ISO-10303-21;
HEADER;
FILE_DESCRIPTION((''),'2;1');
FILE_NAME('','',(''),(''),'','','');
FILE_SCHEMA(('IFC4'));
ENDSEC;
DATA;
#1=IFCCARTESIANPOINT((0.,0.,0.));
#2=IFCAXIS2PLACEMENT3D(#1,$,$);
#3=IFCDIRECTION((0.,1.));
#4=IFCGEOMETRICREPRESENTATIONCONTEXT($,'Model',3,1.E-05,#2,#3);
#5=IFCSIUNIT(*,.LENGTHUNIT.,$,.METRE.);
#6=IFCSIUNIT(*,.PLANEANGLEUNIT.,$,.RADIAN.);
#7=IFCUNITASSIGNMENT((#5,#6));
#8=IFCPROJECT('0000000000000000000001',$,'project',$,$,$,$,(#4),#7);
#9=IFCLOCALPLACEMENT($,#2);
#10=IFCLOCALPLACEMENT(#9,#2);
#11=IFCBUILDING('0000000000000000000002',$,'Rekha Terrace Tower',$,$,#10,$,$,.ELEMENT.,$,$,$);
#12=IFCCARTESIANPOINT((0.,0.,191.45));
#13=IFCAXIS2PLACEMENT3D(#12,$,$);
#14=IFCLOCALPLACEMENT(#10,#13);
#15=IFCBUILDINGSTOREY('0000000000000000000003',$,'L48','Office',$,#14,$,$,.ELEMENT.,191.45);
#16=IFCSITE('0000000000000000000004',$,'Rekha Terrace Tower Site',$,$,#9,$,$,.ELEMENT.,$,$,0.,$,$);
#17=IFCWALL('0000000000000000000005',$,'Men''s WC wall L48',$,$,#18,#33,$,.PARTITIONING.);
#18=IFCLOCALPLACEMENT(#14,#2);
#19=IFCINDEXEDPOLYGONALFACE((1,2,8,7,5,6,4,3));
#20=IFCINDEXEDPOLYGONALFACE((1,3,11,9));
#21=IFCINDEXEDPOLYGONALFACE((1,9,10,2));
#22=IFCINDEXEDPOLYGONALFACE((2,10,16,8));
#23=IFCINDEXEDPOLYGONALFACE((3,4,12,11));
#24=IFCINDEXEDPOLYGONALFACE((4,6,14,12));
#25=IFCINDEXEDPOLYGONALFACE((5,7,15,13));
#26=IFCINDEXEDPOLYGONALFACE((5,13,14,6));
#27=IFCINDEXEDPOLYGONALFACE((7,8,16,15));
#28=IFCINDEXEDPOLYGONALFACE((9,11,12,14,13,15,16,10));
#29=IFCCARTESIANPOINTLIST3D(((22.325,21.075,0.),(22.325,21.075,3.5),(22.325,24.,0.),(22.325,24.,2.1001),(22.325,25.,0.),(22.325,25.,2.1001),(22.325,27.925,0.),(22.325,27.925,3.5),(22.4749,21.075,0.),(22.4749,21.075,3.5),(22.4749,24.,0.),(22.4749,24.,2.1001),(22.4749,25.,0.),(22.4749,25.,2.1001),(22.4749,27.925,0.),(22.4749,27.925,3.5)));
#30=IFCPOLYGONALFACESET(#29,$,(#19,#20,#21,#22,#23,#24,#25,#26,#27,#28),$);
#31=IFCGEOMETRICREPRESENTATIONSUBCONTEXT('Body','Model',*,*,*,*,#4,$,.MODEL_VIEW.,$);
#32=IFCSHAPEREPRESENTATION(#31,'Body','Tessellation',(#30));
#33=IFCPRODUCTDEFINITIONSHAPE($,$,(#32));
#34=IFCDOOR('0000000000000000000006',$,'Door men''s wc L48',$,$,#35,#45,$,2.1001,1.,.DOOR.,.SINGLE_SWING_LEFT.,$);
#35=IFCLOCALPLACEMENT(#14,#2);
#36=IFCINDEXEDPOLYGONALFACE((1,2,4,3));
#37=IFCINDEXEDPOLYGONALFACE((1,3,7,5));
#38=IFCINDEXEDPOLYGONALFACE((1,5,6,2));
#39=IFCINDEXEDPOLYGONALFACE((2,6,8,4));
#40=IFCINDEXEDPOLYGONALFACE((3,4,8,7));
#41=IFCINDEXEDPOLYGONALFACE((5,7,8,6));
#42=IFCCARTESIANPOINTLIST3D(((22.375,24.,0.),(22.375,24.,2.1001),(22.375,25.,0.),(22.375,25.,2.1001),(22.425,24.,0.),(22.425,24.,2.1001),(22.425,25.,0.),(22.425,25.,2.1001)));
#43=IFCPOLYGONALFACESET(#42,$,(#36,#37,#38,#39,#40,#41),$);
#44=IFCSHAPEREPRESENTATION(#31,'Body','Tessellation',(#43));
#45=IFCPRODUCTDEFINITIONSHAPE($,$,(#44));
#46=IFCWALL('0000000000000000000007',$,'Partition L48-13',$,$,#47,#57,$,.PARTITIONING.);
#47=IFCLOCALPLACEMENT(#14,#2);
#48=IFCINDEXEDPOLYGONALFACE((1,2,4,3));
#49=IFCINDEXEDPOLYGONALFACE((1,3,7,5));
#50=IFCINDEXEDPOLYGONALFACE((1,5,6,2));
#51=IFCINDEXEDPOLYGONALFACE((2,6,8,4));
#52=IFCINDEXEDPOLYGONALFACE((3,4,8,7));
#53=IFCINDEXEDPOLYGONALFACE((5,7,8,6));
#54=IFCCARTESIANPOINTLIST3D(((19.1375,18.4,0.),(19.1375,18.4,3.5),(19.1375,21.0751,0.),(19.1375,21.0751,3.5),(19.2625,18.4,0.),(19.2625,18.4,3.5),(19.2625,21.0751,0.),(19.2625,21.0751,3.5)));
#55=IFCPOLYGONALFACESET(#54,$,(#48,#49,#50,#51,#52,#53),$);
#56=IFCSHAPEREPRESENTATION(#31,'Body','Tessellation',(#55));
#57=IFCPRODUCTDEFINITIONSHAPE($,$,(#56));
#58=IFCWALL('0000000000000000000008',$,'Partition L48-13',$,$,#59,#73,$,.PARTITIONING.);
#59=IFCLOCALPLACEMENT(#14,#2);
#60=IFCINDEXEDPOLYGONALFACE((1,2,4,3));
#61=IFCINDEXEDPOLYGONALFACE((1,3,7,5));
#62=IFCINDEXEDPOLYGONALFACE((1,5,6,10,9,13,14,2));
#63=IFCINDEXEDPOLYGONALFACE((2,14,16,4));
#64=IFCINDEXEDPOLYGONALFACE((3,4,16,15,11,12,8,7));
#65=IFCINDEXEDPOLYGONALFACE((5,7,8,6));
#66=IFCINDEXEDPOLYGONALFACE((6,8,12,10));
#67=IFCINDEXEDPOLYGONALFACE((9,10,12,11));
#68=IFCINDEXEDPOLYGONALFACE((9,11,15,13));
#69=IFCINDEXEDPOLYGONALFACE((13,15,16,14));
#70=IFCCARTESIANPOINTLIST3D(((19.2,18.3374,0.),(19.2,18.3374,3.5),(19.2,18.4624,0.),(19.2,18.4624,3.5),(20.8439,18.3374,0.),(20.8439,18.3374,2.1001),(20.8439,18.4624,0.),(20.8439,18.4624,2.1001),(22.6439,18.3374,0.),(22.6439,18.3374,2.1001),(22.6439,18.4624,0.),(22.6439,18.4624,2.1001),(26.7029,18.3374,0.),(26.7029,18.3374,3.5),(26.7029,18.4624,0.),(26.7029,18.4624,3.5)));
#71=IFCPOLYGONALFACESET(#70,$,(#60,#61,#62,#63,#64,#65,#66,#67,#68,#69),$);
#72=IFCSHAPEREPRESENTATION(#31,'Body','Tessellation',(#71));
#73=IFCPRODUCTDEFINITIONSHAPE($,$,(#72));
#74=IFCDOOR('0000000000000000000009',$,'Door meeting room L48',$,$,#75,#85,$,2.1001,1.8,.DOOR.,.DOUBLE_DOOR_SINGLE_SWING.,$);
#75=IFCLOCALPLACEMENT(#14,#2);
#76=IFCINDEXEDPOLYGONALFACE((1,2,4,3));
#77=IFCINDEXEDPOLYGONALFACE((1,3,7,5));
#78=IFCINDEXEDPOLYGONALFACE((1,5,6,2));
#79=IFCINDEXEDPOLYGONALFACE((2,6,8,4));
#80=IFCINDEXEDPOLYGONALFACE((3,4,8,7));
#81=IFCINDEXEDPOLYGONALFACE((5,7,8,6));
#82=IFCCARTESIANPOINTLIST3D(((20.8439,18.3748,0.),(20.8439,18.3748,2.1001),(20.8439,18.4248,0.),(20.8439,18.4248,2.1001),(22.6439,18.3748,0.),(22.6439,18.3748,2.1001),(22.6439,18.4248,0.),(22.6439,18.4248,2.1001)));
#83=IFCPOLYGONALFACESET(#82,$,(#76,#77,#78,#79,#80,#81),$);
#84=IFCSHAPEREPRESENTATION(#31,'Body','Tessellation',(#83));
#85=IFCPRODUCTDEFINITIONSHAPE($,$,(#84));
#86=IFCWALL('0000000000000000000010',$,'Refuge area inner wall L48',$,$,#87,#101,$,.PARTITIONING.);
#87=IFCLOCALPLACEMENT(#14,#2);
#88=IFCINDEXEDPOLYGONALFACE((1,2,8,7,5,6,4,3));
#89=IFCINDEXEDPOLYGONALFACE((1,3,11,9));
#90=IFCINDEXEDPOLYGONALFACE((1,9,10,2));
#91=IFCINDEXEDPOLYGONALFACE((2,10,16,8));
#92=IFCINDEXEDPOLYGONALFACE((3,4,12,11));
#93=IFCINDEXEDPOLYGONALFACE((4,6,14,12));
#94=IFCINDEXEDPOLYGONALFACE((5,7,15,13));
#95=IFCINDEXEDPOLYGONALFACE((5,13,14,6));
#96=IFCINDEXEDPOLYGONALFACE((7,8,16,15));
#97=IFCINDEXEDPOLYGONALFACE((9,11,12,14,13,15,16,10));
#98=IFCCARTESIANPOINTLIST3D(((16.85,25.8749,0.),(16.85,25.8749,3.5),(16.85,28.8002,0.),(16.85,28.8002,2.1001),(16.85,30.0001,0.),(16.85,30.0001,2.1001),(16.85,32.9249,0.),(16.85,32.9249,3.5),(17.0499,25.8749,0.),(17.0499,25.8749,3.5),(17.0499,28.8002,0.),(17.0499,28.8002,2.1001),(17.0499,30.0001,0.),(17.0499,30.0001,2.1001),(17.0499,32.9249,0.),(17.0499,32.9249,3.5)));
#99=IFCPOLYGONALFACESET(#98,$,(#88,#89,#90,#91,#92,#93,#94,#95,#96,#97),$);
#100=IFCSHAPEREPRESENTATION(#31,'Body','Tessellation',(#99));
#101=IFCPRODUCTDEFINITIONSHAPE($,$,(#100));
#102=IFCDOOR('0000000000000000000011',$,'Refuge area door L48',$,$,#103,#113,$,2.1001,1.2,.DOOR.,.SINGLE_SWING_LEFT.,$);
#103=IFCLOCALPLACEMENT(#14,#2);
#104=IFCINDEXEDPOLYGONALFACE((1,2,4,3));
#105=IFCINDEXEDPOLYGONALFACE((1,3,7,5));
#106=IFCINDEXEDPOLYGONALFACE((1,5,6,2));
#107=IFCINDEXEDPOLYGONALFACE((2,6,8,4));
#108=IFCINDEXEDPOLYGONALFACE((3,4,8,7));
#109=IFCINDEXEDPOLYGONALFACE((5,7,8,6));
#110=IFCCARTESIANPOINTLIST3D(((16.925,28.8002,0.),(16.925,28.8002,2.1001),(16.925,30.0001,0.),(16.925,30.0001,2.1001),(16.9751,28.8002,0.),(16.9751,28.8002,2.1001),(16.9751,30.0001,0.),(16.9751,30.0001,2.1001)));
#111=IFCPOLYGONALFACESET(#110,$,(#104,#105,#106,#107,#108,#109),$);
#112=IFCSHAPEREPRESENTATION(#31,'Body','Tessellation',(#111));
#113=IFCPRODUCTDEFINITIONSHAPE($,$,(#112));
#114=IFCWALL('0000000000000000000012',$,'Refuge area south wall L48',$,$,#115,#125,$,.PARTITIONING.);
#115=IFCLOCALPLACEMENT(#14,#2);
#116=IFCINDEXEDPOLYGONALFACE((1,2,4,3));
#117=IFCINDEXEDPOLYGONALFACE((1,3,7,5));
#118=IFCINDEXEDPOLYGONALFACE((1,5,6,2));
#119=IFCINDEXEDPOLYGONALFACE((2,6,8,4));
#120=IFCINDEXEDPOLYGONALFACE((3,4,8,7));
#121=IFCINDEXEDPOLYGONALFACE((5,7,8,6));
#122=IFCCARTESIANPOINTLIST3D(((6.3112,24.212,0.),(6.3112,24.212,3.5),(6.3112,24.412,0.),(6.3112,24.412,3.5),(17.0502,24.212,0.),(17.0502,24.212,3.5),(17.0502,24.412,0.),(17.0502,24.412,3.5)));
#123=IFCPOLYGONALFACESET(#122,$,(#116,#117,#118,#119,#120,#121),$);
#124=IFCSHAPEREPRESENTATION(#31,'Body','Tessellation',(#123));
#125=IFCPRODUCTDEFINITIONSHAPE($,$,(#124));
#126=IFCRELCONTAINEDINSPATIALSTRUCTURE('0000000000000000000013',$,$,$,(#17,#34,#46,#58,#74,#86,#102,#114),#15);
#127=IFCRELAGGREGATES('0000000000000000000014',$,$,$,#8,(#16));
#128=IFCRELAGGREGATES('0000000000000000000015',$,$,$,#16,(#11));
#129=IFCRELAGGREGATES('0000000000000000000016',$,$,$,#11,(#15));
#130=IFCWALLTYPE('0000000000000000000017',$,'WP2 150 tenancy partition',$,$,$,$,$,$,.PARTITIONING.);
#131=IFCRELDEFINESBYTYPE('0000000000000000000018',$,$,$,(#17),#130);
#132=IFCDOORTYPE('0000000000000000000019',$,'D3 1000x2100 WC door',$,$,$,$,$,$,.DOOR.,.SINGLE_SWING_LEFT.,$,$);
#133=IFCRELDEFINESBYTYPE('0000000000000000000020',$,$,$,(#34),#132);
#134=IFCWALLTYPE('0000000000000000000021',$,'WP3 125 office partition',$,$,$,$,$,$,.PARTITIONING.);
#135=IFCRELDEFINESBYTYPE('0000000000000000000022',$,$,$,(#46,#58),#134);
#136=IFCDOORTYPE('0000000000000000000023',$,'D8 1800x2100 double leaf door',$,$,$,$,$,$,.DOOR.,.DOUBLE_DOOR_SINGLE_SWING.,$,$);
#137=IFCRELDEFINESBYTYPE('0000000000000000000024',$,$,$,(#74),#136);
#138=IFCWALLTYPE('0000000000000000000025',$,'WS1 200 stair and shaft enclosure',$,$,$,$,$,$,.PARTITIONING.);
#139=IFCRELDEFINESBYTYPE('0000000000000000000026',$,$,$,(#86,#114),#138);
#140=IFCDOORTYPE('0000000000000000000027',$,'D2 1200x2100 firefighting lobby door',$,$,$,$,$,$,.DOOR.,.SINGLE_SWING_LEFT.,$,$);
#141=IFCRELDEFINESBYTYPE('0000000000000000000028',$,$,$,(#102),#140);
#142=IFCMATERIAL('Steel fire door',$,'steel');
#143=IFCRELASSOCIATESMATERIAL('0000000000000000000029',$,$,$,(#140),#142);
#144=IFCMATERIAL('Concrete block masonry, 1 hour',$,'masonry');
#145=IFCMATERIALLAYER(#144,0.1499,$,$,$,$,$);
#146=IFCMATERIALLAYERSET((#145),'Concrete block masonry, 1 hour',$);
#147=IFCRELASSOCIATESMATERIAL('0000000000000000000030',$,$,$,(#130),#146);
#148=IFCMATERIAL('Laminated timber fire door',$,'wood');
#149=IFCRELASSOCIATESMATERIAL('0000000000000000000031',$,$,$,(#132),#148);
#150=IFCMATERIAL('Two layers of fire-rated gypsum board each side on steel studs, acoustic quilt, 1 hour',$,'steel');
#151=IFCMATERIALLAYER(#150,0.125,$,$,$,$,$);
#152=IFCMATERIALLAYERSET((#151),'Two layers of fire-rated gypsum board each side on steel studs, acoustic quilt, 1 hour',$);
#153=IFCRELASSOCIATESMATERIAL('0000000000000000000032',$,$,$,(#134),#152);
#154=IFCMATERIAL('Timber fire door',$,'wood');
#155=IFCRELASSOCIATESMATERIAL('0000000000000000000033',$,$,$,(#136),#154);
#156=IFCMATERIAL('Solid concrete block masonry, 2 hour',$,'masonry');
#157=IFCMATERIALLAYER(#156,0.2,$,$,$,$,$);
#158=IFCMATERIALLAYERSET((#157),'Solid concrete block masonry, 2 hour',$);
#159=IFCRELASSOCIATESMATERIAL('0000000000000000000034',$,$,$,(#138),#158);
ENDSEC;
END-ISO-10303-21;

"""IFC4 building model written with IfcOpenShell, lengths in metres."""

from ifc_helpers import new_model, si_unit, direction, frame, frame_2d, origin, place, context, subcontext, project, spatial, rectangle, extrude, material, layer, layer_set, type_object, element, fill, save


model = new_model("IFC4")

# Units and contexts
model_context = context("Model", 3, precision=1e-05, world=origin(), true_north=direction((0.0, 1.0)))
body_context = subcontext(model_context, "Body", "Model", "MODEL_VIEW")
ifc_project = project(units=[si_unit("LENGTHUNIT", "METRE"), si_unit("PLANEANGLEUNIT", "RADIAN")], contexts=[model_context])

# Site, building, storey
site_placement = place(None, origin())
site = spatial("IfcSite", under=ifc_project, at=site_placement, Name="Rekha Terrace Tower Site", CompositionType="ELEMENT", RefElevation=0.0)
building_placement = place(site_placement, origin())
building = spatial("IfcBuilding", under=site, at=building_placement, Name="Rekha Terrace Tower", CompositionType="ELEMENT")
storey_placement = place(building_placement, frame((0.0, 0.0, 191.45)))
storey = spatial("IfcBuildingStorey", under=building, at=storey_placement, Name="L48", Description="Office", CompositionType="ELEMENT", Elevation=191.45)

# Shared definitions
ifc_material_1 = material(Name="Steel fire door", Category="steel")
door_type_1 = type_object("IfcDoorType", Name="D2 1200x2100 firefighting lobby door", OperationType="SINGLE_SWING_LEFT", PredefinedType="DOOR", material=ifc_material_1)

# Shared definitions
ifc_material_2 = material(Name="Concrete block masonry, 1 hour", Category="masonry")
ifc_layer_1 = layer(ifc_material_2, 0.1499)
ifc_layer_set_1 = layer_set([ifc_layer_1], Name="Concrete block masonry, 1 hour")
wall_type_1 = type_object("IfcWallType", Name="WP2 150 tenancy partition", PredefinedType="PARTITIONING", material=ifc_layer_set_1)

# Wall, opening, door
wall_1_placement = place(storey_placement, frame((22.3999, 21.075, 0.0), z_axis=(0.0, 0.0, 1.0), x_axis=(0.0, 1.0, 0.0)))
wall_1 = element("IfcWall", 1, at=wall_1_placement, inside=storey, type_object=wall_type_1, Name="Men's WC wall L48", PredefinedType="PARTITIONING", context=body_context, shape_type="SweptSolid", body=[
    extrude(rectangle(XDim=6.8501, YDim=0.1499, at=frame_2d((3.425, 0.0))), origin(), (0.0, 0.0, 1.0), 3.5),
])
opening_1_placement = place(wall_1_placement, frame((2.925, 0.0, 0.0)))
opening_1 = element("IfcOpeningElement", 2, at=opening_1_placement, cuts=wall_1, PredefinedType="OPENING", context=body_context, shape_type="SweptSolid", body=[
    extrude(rectangle(XDim=1.0, YDim=2.1001, at=frame_2d((0.5, 1.05))), frame((0.0, 0.085, 0.0), z_axis=(0.0, -1.0, 0.0), x_axis=(1.0, 0.0, 0.0)), (0.0, 0.0, 1.0), 0.1699),
])
ifc_material_3 = material(Name="Laminated timber fire door", Category="wood")
door_type_2 = type_object("IfcDoorType", Name="D3 1000x2100 WC door", OperationType="SINGLE_SWING_LEFT", PredefinedType="DOOR", material=ifc_material_3)
door_1_placement = place(opening_1_placement, origin())
door_1 = element("IfcDoor", 3, at=door_1_placement, inside=storey, type_object=door_type_2, Name="Door men's wc L48", OperationType="SINGLE_SWING_LEFT", OverallHeight=2.1001, OverallWidth=1.0, PredefinedType="DOOR", context=body_context, shape_type="SweptSolid", body=[
    extrude(rectangle(XDim=1.0, YDim=2.1001, at=frame_2d((0.5, 1.05))), frame((0.0, 0.0249, 0.0), z_axis=(0.0, -1.0, 0.0), x_axis=(1.0, 0.0, 0.0)), (0.0, 0.0, 1.0), 0.05),
])
fill(opening_1, door_1)

# Wall
ifc_material_4 = material(Name="Two layers of fire-rated gypsum board each side on steel studs, acoustic quilt, 1 hour", Category="steel")
ifc_layer_2 = layer(ifc_material_4, 0.125)
ifc_layer_set_2 = layer_set([ifc_layer_2], Name="Two layers of fire-rated gypsum board each side on steel studs, acoustic quilt, 1 hour")
wall_type_2 = type_object("IfcWallType", Name="WP3 125 office partition", PredefinedType="PARTITIONING", material=ifc_layer_set_2)
wall_2_placement = place(storey_placement, frame((19.2, 21.075, 0.0), z_axis=(0.0, 0.0, 1.0), x_axis=(0.0, -1.0, 0.0)))
element("IfcWall", 4, at=wall_2_placement, inside=storey, type_object=wall_type_2, Name="Partition L48-13", PredefinedType="PARTITIONING", context=body_context, shape_type="SweptSolid", body=[
    extrude(rectangle(XDim=2.675, YDim=0.125, at=frame_2d((1.3374, 0.0))), origin(), (0.0, 0.0, 1.0), 3.5),
])

# Walls, openings, doors
wall_3_placement = place(storey_placement, frame((19.2, 18.3999, 0.0), z_axis=(0.0, 0.0, 1.0), x_axis=(1.0, 0.0, 0.0)))
wall_3 = element("IfcWall", 5, at=wall_3_placement, inside=storey, type_object=wall_type_2, Name="Partition L48-13", PredefinedType="PARTITIONING", context=body_context, shape_type="SweptSolid", body=[
    extrude(rectangle(XDim=7.5029, YDim=0.125, at=frame_2d((3.7515, 0.0))), origin(), (0.0, 0.0, 1.0), 3.5),
])
opening_2_placement = place(wall_3_placement, frame((1.644, 0.0, 0.0)))
opening_2 = element("IfcOpeningElement", 6, at=opening_2_placement, cuts=wall_3, PredefinedType="OPENING", context=body_context, shape_type="SweptSolid", body=[
    extrude(rectangle(XDim=1.8, YDim=2.1001, at=frame_2d((0.8999, 1.05))), frame((0.0, 0.0725, 0.0), z_axis=(0.0, -1.0, 0.0), x_axis=(1.0, 0.0, 0.0)), (0.0, 0.0, 1.0), 0.145),
])
ifc_material_5 = material(Name="Timber fire door", Category="wood")
door_type_3 = type_object("IfcDoorType", Name="D8 1800x2100 double leaf door", OperationType="DOUBLE_DOOR_SINGLE_SWING", PredefinedType="DOOR", material=ifc_material_5)
door_2_placement = place(opening_2_placement, origin())
door_2 = element("IfcDoor", 7, at=door_2_placement, inside=storey, type_object=door_type_3, Name="Door meeting room L48", OperationType="DOUBLE_DOOR_SINGLE_SWING", OverallHeight=2.1001, OverallWidth=1.8, PredefinedType="DOOR", context=body_context, shape_type="SweptSolid", body=[
    extrude(rectangle(XDim=1.8, YDim=2.1001, at=frame_2d((0.8999, 1.05))), frame((0.0, 0.0249, 0.0), z_axis=(0.0, -1.0, 0.0), x_axis=(1.0, 0.0, 0.0)), (0.0, 0.0, 1.0), 0.05),
])
fill(opening_2, door_2)
ifc_material_6 = material(Name="Solid concrete block masonry, 2 hour", Category="masonry")
ifc_layer_3 = layer(ifc_material_6, 0.2)
ifc_layer_set_3 = layer_set([ifc_layer_3], Name="Solid concrete block masonry, 2 hour")
wall_type_3 = type_object("IfcWallType", Name="WS1 200 stair and shaft enclosure", PredefinedType="PARTITIONING", material=ifc_layer_set_3)
wall_4_placement = place(storey_placement, frame((16.95, 25.875, 0.0), z_axis=(0.0, 0.0, 1.0), x_axis=(0.0, 1.0, 0.0)))
wall_4 = element("IfcWall", 8, at=wall_4_placement, inside=storey, type_object=wall_type_3, Name="Refuge area inner wall L48", PredefinedType="PARTITIONING", context=body_context, shape_type="SweptSolid", body=[
    extrude(rectangle(XDim=7.05, YDim=0.2, at=frame_2d((3.5249, 0.0))), origin(), (0.0, 0.0, 1.0), 3.5),
])
opening_3_placement = place(wall_4_placement, frame((2.925, 0.0, 0.0)))
opening_3 = element("IfcOpeningElement", 9, at=opening_3_placement, cuts=wall_4, PredefinedType="OPENING", context=body_context, shape_type="SweptSolid", body=[
    extrude(rectangle(XDim=1.2, YDim=2.1001, at=frame_2d((0.6001, 1.05))), frame((0.0, 0.1099, 0.0), z_axis=(0.0, -1.0, 0.0), x_axis=(1.0, 0.0, 0.0)), (0.0, 0.0, 1.0), 0.22),
])
door_3_placement = place(opening_3_placement, origin())
door_3 = element("IfcDoor", 10, at=door_3_placement, inside=storey, type_object=door_type_1, Name="Refuge area door L48", OperationType="SINGLE_SWING_LEFT", OverallHeight=2.1001, OverallWidth=1.2, PredefinedType="DOOR", context=body_context, shape_type="SweptSolid", body=[
    extrude(rectangle(XDim=1.2, YDim=2.1001, at=frame_2d((0.6001, 1.05))), frame((0.0, 0.0249, 0.0), z_axis=(0.0, -1.0, 0.0), x_axis=(1.0, 0.0, 0.0)), (0.0, 0.0, 1.0), 0.05),
])
fill(opening_3, door_3)

# Wall
wall_5_placement = place(storey_placement, frame((6.311, 24.312, 0.0), z_axis=(0.0, 0.0, 1.0), x_axis=(1.0, 0.0, 0.0)))
element("IfcWall", 11, at=wall_5_placement, inside=storey, type_object=wall_type_3, Name="Refuge area south wall L48", PredefinedType="PARTITIONING", context=body_context, shape_type="SweptSolid", body=[
    extrude(rectangle(XDim=10.739, YDim=0.2, at=frame_2d((5.3696, 0.0))), origin(), (0.0, 0.0, 1.0), 3.5),
])

save(model, "model.ifc")
